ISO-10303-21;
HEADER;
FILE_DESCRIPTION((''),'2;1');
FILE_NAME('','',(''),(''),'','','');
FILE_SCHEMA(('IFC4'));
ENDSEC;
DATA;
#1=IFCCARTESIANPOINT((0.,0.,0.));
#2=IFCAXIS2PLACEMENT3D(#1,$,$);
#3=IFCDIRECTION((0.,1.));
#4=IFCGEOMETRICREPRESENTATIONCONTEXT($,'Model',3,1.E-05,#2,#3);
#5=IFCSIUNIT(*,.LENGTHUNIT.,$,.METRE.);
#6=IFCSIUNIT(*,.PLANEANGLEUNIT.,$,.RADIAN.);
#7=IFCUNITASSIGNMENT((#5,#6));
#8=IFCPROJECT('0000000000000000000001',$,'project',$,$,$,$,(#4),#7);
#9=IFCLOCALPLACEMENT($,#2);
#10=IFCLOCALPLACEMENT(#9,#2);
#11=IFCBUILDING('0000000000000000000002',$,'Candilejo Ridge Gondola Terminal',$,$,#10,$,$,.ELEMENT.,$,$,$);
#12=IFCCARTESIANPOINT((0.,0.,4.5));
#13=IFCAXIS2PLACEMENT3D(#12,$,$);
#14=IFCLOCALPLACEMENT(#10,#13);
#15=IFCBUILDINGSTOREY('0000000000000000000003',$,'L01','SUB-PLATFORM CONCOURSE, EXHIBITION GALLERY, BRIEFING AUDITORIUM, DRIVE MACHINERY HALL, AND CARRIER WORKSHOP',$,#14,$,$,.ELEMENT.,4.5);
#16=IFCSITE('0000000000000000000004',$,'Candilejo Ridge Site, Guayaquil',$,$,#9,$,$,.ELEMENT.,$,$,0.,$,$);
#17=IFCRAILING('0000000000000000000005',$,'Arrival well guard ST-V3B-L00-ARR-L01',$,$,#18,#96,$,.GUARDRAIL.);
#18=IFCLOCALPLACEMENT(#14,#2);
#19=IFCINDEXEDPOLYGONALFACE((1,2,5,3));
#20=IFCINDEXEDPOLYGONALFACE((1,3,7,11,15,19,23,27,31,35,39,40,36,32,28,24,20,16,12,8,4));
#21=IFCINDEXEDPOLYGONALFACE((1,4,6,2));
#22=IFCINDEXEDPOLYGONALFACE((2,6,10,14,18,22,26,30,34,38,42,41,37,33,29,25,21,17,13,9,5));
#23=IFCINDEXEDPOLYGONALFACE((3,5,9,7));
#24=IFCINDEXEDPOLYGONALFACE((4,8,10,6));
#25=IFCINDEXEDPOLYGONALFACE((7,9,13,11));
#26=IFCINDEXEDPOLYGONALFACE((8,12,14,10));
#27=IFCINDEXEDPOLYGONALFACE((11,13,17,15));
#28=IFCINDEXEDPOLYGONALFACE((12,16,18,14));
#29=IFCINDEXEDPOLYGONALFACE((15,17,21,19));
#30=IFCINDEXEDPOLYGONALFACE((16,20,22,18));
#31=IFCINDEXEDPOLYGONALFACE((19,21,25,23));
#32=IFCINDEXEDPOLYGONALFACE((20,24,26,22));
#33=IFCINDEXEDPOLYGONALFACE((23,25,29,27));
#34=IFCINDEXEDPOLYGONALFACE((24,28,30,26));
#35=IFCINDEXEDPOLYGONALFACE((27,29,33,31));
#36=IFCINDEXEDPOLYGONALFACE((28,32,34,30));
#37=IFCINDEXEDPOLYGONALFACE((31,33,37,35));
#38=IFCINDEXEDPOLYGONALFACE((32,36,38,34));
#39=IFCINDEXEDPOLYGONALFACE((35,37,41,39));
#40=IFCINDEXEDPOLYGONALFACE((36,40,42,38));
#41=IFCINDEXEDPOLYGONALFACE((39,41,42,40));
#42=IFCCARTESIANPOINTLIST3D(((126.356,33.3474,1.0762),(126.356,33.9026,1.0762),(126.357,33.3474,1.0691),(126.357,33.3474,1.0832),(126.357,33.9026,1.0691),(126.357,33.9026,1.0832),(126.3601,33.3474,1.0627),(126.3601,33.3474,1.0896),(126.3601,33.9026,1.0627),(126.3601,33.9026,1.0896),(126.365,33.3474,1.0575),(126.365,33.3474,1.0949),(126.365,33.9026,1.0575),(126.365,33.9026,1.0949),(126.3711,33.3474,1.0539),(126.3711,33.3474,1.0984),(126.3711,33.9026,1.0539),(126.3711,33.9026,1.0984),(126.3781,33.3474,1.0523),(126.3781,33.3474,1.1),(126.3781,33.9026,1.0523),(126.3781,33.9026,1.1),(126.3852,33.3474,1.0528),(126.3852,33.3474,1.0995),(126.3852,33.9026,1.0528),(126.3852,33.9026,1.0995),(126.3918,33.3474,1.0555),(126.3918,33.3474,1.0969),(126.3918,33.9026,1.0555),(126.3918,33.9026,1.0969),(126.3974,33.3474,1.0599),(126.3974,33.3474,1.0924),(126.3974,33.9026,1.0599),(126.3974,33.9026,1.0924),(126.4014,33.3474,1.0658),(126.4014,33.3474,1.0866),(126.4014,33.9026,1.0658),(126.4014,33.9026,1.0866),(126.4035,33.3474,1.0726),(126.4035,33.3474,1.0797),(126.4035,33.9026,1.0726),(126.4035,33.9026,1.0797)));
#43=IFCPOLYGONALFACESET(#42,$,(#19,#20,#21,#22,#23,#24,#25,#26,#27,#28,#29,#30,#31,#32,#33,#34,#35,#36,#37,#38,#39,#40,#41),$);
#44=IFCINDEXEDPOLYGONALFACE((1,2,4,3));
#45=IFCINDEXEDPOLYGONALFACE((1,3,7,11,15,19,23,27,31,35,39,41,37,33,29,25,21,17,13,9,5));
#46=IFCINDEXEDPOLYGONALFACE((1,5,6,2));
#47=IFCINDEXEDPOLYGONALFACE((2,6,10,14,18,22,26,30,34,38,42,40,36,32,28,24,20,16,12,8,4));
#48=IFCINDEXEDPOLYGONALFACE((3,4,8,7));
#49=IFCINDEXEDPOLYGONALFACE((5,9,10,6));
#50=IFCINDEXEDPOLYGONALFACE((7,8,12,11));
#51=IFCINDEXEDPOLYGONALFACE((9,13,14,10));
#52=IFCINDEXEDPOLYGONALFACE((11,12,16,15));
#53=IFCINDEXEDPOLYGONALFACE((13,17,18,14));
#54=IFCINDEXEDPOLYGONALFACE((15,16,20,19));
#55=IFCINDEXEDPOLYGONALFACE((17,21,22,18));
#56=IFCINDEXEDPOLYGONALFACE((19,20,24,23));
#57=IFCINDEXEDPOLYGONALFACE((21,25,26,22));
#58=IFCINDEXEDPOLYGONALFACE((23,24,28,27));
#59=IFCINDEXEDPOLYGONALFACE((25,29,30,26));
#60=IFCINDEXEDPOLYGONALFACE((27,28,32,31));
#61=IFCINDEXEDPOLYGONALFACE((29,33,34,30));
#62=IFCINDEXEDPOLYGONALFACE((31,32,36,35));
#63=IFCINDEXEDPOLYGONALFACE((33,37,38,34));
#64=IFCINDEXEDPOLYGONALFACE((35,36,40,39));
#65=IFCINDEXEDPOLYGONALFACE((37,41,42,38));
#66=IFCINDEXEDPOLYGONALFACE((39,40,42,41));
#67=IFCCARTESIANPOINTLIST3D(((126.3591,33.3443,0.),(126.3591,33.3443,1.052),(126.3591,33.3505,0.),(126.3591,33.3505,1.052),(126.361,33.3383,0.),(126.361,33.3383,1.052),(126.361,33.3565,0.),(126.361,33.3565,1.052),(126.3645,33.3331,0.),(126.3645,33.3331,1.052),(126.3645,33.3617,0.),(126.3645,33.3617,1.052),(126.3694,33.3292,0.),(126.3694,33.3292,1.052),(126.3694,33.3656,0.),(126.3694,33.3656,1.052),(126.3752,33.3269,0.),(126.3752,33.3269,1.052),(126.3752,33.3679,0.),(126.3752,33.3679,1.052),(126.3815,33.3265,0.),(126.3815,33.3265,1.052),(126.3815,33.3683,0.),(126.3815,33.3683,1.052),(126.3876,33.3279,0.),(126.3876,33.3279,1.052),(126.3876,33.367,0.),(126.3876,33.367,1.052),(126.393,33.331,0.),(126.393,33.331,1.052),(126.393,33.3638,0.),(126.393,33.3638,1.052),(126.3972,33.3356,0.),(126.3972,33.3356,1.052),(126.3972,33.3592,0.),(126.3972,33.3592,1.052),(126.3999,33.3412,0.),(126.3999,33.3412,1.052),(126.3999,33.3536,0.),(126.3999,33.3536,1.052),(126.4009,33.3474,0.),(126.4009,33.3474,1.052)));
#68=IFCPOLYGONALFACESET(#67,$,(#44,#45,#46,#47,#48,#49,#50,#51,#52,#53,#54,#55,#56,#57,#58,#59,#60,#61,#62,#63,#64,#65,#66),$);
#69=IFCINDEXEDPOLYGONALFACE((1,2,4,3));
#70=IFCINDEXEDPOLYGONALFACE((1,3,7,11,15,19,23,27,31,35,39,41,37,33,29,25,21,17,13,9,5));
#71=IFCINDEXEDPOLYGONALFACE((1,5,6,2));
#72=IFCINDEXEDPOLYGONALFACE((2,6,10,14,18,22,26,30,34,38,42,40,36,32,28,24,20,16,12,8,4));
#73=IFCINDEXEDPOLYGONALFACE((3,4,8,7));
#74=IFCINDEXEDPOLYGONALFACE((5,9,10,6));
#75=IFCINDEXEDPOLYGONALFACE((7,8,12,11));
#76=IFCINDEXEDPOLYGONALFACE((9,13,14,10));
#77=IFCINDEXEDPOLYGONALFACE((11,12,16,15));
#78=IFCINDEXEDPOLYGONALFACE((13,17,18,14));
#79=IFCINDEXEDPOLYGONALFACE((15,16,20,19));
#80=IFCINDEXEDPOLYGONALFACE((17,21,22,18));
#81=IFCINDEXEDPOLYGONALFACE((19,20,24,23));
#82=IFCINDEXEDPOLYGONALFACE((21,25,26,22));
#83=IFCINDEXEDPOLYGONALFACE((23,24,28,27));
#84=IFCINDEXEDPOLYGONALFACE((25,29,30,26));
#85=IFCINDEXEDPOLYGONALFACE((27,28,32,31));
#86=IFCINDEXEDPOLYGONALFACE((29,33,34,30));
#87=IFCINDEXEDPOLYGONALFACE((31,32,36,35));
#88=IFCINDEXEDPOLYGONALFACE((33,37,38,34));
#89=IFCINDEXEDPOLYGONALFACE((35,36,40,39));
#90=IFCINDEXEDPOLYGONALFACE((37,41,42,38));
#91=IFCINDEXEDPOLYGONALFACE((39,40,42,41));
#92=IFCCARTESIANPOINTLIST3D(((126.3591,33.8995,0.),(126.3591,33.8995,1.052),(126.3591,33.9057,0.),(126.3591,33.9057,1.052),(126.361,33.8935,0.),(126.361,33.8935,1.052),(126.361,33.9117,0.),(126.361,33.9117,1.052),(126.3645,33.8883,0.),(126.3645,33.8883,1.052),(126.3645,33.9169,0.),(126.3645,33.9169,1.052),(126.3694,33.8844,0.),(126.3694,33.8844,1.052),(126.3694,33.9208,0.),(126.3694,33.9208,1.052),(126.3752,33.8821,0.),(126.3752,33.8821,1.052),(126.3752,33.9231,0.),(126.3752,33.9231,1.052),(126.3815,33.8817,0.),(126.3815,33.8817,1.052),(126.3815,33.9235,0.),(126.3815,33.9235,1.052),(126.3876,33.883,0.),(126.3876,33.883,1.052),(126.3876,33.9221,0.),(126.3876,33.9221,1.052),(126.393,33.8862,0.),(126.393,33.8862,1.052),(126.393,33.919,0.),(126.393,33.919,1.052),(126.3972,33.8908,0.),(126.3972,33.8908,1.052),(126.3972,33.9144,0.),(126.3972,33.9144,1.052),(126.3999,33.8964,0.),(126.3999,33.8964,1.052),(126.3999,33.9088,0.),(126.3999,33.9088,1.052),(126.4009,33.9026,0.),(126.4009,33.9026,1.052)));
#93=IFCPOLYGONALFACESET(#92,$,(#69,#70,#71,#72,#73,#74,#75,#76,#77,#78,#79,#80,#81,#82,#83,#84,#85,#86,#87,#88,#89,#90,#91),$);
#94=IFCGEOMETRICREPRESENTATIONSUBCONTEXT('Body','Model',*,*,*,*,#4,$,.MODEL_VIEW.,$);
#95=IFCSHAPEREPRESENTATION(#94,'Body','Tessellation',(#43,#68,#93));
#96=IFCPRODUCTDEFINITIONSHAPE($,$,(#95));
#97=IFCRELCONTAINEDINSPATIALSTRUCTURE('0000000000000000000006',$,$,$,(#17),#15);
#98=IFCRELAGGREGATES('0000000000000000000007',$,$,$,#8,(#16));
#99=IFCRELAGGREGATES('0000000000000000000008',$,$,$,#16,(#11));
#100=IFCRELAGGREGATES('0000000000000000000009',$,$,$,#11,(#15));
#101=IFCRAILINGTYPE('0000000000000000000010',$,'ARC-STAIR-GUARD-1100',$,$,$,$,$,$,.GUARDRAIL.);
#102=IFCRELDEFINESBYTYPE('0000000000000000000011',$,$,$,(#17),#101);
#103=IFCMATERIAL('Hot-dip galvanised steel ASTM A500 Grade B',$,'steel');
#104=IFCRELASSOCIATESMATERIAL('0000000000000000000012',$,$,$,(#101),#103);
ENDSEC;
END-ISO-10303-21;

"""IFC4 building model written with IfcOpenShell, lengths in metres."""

from ifc_helpers import new_model, si_unit, direction, frame, origin, origin_2d, place, context, subcontext, project, spatial, circle, extrude, material, type_object, element, save


model = new_model("IFC4")

# Units and contexts
model_context = context("Model", 3, precision=1e-05, world=origin(), true_north=direction((0.0, 1.0)))
body_context = subcontext(model_context, "Body", "Model", "MODEL_VIEW")
ifc_project = project(units=[si_unit("LENGTHUNIT", "METRE"), si_unit("PLANEANGLEUNIT", "RADIAN")], contexts=[model_context])

# Site, building, storey
site_placement = place(None, origin())
site = spatial("IfcSite", under=ifc_project, at=site_placement, Name="Candilejo Ridge Site, Guayaquil", CompositionType="ELEMENT", RefElevation=0.0)
building_placement = place(site_placement, origin())
building = spatial("IfcBuilding", under=site, at=building_placement, Name="Candilejo Ridge Gondola Terminal", CompositionType="ELEMENT")
storey_placement = place(building_placement, frame((0.0, 0.0, 4.5)))
storey = spatial("IfcBuildingStorey", under=building, at=storey_placement, Name="L01", Description="SUB-PLATFORM CONCOURSE, EXHIBITION GALLERY, BRIEFING AUDITORIUM, DRIVE MACHINERY HALL, AND CARRIER WORKSHOP", CompositionType="ELEMENT", Elevation=4.5)

# Railing
ifc_material_1 = material(Name="Hot-dip galvanised steel ASTM A500 Grade B", Category="steel")
railing_type = type_object("IfcRailingType", Name="ARC-STAIR-GUARD-1100", PredefinedType="GUARDRAIL", material=ifc_material_1)
railing_1_placement = place(storey_placement, frame((126.3799, 33.3474, 0.0)))
element("IfcRailing", 1, at=railing_1_placement, inside=storey, type_object=railing_type, Name="Arrival well guard ST-V3B-L00-ARR-L01", PredefinedType="GUARDRAIL", context=body_context, shape_type="SweptSolid", body=[
    extrude(circle(Radius=0.0239, at=origin_2d()), frame((0.0, 0.0, 1.0762), z_axis=(0.0, 1.0, 0.0), x_axis=(-1.0, 0.0, 0.0)), (0.0, 0.0, 1.0), 0.5552),
    extrude(circle(Radius=0.021, at=origin_2d()), origin(), (0.0, 0.0, 1.0), 1.052),
    extrude(circle(Radius=0.021, at=origin_2d()), frame((0.0, 0.5552, 0.0)), (0.0, 0.0, 1.0), 1.052),
])

save(model, "model.ifc")
